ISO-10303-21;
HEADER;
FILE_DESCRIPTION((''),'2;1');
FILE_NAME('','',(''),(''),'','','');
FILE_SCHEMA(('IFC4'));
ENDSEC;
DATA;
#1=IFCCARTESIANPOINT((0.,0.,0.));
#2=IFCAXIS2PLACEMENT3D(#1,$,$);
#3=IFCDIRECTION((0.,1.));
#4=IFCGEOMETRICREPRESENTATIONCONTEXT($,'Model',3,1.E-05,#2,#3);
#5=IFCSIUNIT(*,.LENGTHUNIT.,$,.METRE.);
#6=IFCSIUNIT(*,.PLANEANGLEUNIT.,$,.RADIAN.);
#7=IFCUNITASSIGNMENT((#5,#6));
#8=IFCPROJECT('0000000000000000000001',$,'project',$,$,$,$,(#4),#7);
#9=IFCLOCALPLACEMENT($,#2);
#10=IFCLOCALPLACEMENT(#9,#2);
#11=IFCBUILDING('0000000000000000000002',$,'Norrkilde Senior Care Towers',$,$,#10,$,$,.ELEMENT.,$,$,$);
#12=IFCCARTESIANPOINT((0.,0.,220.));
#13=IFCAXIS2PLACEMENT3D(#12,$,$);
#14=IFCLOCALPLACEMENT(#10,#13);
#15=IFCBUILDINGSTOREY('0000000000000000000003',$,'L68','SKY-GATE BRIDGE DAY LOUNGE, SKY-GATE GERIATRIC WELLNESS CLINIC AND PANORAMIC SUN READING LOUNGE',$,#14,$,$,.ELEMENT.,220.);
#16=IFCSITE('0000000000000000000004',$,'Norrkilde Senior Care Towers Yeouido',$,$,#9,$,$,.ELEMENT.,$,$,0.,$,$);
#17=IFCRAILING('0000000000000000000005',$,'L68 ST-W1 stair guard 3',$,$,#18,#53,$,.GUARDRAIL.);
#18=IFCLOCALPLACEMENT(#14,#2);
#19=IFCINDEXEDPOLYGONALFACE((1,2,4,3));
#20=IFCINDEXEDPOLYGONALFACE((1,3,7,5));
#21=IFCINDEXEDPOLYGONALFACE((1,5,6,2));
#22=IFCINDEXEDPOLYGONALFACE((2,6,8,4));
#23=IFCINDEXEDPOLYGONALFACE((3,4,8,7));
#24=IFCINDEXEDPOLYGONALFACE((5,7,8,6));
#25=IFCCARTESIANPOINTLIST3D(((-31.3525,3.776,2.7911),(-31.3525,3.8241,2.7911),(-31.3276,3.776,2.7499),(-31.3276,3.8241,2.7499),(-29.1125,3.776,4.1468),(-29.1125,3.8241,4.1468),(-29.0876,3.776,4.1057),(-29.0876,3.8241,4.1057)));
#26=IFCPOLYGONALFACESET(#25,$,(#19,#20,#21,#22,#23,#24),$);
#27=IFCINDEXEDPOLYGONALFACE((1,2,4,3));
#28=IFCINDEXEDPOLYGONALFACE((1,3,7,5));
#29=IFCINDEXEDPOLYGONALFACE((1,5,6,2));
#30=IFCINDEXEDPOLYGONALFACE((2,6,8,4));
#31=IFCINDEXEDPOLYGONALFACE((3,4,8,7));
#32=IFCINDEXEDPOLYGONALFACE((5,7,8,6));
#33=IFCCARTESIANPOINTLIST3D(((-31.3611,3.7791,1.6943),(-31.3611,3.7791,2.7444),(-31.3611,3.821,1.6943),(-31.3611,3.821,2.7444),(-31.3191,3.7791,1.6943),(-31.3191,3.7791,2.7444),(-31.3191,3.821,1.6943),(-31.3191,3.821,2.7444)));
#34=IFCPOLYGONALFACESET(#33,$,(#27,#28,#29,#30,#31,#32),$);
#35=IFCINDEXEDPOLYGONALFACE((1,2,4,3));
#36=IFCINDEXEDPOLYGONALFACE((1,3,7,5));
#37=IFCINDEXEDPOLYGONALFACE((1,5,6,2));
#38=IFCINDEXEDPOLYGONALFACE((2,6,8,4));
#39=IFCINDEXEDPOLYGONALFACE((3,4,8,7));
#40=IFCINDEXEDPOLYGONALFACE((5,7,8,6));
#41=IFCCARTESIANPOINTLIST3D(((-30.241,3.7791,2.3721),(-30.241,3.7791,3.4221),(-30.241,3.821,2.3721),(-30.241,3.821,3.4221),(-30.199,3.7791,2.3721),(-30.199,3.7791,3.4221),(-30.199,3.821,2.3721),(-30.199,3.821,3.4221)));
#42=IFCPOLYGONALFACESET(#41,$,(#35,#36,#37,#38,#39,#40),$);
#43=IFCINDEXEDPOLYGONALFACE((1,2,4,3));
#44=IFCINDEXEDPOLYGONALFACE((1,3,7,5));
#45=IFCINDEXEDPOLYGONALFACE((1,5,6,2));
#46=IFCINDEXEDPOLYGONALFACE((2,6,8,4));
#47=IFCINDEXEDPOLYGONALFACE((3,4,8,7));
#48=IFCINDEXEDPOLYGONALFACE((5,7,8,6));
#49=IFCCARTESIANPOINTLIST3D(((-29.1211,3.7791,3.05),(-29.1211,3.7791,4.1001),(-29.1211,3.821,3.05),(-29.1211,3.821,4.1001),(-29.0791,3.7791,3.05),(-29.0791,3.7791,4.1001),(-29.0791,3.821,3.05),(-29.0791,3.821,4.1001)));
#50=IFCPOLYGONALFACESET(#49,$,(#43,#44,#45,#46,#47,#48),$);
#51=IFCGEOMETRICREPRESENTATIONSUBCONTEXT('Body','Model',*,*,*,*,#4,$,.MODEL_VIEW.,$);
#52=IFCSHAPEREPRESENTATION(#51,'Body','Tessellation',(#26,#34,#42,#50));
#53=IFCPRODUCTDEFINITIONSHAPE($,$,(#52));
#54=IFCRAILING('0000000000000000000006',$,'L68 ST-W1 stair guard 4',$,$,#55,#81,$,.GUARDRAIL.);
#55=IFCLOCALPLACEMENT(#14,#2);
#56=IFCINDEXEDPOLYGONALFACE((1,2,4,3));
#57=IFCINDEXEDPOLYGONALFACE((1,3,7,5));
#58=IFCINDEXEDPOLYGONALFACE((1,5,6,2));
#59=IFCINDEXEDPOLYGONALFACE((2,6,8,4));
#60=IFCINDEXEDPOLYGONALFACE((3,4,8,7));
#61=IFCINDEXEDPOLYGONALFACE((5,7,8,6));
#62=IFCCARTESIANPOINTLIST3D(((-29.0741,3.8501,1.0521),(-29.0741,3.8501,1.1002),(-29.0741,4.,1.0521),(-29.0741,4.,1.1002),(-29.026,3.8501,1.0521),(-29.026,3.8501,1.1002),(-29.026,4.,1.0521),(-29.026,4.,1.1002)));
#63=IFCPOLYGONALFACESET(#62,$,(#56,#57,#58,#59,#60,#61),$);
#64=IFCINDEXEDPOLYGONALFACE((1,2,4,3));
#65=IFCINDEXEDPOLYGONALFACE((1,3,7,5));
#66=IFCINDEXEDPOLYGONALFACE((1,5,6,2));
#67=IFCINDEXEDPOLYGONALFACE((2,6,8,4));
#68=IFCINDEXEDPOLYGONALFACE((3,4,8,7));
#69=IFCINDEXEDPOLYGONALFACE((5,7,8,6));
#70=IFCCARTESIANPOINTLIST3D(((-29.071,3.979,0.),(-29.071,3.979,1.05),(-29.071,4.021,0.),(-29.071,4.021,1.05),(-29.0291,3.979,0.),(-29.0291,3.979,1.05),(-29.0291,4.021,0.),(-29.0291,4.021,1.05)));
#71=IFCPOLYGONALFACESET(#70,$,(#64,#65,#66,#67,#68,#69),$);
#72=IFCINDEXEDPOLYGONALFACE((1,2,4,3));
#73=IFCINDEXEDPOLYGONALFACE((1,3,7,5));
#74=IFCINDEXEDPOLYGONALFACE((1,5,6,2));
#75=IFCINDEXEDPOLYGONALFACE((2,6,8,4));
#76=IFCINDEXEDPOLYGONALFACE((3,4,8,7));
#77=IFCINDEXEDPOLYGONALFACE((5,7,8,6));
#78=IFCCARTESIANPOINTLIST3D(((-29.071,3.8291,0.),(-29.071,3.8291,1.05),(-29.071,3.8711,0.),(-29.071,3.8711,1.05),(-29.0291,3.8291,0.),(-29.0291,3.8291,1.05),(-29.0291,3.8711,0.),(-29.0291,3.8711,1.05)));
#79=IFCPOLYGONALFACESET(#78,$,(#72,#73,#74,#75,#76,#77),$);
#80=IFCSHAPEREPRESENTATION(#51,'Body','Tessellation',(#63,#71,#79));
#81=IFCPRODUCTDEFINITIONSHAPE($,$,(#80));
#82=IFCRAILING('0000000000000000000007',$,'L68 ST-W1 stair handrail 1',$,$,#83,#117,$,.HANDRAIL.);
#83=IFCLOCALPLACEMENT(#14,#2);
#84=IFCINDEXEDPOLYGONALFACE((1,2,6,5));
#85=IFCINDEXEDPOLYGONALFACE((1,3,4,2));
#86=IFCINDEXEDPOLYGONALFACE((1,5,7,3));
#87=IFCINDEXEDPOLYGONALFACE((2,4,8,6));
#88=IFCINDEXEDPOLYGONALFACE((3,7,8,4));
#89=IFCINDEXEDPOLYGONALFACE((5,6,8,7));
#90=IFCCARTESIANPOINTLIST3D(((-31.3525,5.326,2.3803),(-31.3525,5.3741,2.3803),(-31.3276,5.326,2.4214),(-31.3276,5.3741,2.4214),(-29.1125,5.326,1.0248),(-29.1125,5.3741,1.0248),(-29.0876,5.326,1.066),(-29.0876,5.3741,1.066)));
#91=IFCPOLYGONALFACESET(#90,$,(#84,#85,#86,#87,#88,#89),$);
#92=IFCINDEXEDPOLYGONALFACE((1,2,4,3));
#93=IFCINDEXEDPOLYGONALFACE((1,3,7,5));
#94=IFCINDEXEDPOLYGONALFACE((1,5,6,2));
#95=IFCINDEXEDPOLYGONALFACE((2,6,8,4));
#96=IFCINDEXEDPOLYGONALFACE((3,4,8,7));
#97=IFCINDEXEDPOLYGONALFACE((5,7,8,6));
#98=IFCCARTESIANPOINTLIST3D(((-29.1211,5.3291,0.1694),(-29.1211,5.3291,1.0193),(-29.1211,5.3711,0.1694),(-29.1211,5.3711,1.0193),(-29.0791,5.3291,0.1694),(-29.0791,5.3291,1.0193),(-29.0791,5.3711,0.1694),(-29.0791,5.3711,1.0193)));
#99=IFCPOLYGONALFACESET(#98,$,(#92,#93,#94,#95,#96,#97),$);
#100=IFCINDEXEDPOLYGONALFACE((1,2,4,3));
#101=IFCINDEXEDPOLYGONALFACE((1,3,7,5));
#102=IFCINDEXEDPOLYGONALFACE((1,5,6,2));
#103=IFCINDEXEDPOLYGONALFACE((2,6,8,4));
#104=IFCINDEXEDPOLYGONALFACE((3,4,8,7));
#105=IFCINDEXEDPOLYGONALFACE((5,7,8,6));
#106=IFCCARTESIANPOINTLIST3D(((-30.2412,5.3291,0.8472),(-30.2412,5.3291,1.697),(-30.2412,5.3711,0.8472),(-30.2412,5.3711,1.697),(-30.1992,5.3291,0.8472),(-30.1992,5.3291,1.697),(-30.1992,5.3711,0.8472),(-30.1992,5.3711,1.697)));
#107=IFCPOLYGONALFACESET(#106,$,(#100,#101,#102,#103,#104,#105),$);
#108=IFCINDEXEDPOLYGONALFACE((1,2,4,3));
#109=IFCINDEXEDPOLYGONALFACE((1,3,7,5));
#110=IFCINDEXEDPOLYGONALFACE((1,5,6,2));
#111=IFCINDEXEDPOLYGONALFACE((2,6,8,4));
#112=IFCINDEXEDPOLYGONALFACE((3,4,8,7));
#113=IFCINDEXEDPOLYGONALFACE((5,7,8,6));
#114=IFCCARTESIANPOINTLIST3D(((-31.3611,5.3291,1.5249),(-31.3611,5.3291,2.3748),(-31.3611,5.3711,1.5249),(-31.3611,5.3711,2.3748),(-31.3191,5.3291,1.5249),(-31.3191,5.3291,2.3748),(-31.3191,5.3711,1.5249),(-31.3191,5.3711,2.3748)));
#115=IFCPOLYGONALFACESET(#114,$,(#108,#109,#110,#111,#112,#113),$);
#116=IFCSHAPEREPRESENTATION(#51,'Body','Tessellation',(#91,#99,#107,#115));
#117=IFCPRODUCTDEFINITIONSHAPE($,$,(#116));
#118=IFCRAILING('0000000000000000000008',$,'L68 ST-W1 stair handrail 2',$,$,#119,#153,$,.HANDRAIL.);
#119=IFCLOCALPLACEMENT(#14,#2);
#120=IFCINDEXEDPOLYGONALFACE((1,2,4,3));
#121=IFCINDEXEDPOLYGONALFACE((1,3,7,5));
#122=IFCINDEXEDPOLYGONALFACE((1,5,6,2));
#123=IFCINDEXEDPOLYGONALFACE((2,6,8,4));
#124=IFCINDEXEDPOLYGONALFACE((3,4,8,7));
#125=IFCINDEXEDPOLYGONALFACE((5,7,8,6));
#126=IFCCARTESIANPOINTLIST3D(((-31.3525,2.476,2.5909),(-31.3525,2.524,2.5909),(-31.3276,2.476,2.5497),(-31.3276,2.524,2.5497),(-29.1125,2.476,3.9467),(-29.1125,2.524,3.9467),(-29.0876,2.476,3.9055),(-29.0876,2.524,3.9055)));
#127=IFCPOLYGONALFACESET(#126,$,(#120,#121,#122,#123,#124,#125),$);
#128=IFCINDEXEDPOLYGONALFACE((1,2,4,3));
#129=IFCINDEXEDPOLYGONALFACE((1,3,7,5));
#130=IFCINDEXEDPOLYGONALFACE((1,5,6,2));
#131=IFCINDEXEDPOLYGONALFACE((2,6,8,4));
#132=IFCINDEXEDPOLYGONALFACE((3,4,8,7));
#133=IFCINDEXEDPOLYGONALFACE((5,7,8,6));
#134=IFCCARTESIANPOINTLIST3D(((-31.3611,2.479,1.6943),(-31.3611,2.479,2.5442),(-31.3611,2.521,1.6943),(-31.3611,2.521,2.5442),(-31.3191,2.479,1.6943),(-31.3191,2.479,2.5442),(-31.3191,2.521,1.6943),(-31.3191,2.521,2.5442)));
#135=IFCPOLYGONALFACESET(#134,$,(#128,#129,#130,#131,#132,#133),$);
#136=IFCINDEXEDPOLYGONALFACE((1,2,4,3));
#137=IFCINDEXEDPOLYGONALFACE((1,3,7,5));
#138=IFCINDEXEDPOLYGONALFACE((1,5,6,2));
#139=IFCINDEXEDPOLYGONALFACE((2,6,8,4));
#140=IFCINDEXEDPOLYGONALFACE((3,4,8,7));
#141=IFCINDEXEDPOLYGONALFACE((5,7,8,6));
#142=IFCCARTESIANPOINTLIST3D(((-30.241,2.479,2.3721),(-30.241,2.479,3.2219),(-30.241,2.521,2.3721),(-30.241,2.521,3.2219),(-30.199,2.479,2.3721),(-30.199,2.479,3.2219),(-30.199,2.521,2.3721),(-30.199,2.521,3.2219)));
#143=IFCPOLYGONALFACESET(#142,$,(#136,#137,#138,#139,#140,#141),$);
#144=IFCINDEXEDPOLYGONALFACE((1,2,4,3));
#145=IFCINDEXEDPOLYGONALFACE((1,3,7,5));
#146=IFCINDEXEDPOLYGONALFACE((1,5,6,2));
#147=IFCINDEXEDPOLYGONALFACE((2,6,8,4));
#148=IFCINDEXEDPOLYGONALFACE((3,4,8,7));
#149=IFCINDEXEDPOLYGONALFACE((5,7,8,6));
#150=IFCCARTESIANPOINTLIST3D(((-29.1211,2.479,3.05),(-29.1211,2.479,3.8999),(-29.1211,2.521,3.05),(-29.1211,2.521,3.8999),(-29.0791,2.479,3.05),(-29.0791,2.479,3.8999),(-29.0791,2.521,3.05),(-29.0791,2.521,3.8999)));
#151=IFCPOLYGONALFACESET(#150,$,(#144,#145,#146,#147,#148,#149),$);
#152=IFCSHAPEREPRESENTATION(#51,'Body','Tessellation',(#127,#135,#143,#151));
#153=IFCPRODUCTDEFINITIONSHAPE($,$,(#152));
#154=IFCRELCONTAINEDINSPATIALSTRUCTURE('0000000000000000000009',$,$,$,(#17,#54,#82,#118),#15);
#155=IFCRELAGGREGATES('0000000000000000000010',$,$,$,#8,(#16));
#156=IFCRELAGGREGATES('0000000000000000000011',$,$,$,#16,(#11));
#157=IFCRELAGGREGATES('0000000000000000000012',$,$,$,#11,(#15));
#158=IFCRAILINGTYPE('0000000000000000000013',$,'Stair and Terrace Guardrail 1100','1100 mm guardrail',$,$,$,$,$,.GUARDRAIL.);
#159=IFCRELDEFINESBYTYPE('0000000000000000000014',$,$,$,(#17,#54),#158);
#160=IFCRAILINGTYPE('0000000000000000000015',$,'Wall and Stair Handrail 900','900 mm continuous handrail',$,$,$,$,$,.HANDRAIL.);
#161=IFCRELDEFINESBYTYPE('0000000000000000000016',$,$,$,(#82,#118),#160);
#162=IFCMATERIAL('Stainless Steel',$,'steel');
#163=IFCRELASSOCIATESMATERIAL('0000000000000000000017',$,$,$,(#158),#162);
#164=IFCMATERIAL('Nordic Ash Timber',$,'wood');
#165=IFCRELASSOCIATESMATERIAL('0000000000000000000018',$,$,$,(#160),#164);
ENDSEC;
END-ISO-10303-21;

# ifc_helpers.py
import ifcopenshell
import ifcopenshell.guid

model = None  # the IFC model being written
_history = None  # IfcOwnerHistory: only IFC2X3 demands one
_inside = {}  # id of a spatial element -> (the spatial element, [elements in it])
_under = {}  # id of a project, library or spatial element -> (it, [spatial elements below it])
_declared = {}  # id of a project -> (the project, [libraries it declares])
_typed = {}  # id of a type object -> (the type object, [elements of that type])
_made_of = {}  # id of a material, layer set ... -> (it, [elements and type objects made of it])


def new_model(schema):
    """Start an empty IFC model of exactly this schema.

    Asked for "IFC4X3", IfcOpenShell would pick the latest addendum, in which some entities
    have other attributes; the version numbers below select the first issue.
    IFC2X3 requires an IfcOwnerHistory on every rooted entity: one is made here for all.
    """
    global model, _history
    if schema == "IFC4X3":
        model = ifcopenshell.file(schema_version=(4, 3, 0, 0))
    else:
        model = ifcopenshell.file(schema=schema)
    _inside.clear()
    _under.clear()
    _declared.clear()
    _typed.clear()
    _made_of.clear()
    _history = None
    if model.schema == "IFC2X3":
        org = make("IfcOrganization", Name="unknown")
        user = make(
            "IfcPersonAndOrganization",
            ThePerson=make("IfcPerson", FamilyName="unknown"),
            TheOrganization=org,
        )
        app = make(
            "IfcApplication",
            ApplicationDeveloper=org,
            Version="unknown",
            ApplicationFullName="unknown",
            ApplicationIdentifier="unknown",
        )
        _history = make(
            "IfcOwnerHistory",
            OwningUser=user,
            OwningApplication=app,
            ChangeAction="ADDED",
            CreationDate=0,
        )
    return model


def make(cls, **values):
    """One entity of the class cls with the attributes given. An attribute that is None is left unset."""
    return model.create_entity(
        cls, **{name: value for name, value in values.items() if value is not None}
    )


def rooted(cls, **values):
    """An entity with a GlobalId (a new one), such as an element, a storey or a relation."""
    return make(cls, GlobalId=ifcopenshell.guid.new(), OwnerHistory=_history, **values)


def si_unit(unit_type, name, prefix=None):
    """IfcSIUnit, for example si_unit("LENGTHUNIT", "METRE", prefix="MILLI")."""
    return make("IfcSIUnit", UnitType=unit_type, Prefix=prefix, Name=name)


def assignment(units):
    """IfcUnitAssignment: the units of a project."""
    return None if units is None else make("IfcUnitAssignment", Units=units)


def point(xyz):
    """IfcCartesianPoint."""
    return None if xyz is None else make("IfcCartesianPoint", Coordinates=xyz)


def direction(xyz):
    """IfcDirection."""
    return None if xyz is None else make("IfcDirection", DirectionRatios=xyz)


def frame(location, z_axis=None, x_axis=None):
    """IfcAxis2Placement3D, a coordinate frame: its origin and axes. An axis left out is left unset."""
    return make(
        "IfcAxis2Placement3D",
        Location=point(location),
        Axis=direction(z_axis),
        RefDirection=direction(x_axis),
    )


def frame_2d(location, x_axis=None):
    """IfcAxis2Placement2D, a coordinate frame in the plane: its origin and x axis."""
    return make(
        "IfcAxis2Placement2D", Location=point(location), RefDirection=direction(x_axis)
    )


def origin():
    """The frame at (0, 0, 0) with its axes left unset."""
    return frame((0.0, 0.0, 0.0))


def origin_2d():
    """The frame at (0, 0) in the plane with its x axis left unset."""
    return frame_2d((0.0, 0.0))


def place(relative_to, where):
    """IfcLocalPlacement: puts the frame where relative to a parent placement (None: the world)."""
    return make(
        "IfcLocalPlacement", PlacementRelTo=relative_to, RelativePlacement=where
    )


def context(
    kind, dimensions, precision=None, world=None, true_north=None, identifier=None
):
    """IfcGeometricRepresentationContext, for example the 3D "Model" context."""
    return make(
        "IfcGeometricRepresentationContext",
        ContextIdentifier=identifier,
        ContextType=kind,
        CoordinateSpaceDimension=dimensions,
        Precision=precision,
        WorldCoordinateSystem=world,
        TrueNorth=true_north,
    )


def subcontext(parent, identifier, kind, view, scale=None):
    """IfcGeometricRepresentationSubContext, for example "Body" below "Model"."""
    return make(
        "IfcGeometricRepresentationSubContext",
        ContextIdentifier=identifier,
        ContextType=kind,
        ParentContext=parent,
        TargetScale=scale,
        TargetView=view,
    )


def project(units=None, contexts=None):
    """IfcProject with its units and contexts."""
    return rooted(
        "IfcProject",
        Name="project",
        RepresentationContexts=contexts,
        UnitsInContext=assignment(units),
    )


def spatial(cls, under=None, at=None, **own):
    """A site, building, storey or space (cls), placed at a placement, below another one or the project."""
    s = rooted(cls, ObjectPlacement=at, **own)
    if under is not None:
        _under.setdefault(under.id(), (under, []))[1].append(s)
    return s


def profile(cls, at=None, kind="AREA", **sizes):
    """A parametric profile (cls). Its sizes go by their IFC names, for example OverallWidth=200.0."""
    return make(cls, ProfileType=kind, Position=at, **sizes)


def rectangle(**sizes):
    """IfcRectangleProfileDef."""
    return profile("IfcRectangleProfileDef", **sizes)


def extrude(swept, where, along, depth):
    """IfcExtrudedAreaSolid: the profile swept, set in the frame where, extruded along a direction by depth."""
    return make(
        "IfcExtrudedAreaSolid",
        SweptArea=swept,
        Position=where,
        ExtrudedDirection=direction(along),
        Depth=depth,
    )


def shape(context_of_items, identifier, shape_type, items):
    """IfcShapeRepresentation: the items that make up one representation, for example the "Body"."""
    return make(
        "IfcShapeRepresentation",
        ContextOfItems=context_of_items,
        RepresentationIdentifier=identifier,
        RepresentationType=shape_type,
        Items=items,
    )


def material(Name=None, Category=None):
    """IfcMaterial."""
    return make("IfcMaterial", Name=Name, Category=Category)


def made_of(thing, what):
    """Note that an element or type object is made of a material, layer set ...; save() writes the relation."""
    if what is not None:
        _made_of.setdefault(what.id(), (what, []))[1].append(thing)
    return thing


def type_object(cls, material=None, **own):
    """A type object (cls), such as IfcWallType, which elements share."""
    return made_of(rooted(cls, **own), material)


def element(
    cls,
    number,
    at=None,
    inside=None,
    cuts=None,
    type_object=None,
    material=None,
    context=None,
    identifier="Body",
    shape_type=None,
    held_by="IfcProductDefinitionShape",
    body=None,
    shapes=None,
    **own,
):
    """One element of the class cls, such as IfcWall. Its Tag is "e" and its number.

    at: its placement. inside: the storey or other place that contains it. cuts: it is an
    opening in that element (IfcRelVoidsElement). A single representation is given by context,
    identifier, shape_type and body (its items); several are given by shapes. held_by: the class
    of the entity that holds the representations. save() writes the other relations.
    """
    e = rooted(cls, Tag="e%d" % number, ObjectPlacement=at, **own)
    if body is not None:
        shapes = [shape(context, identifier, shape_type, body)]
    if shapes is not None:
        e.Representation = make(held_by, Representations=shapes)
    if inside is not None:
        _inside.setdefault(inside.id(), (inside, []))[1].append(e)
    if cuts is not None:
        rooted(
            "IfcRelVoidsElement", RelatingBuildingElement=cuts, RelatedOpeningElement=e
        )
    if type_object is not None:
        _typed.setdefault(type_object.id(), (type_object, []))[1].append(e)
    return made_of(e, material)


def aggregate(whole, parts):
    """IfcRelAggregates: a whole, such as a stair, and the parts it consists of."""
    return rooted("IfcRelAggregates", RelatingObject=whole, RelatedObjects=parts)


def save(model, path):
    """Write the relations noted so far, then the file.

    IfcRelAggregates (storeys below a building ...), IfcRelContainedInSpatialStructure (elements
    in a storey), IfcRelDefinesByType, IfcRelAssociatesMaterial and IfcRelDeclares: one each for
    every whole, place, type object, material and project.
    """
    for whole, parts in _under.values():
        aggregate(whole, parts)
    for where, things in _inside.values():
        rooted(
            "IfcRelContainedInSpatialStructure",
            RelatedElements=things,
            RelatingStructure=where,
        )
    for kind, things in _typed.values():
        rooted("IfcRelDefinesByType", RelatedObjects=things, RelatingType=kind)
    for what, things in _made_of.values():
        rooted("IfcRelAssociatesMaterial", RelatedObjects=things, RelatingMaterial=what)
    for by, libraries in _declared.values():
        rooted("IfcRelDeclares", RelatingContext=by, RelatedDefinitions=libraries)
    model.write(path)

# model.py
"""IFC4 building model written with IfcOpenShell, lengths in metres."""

from ifc_helpers import new_model, si_unit, direction, frame, origin, origin_2d, place, context, subcontext, project, spatial, rectangle, extrude, material, type_object, element, save


model = new_model("IFC4")

# Units and contexts
model_context = context("Model", 3, precision=1e-05, world=origin(), true_north=direction((0.0, 1.0)))
body_context = subcontext(model_context, "Body", "Model", "MODEL_VIEW")
ifc_project = project(units=[si_unit("LENGTHUNIT", "METRE"), si_unit("PLANEANGLEUNIT", "RADIAN")], contexts=[model_context])

# Site, building, storey
site_placement = place(None, origin())
site = spatial("IfcSite", under=ifc_project, at=site_placement, Name="Norrkilde Senior Care Towers Yeouido", CompositionType="ELEMENT", RefElevation=0.0)
building_placement = place(site_placement, origin())
building = spatial("IfcBuilding", under=site, at=building_placement, Name="Norrkilde Senior Care Towers", CompositionType="ELEMENT")
storey_placement = place(building_placement, frame((0.0, 0.0, 220.0)))
storey = spatial("IfcBuildingStorey", under=building, at=storey_placement, Name="L68", Description="SKY-GATE BRIDGE DAY LOUNGE, SKY-GATE GERIATRIC WELLNESS CLINIC AND PANORAMIC SUN READING LOUNGE", CompositionType="ELEMENT", Elevation=220.0)

# Shared definitions
ifc_material_1 = material(Name="Stainless Steel", Category="steel")

# Shared definitions
ifc_material_2 = material(Name="Nordic Ash Timber", Category="wood")

# Railings
railing_type_1 = type_object("IfcRailingType", Name="Stair and Terrace Guardrail 1100", Description="1100 mm guardrail", PredefinedType="GUARDRAIL", material=ifc_material_1)
railing_1_placement = place(storey_placement, frame((-31.3401, 3.8, 1.6943)))
element("IfcRailing", 1, at=railing_1_placement, inside=storey, type_object=railing_type_1, Name="L68 ST-W1 stair guard 3", PredefinedType="GUARDRAIL", context=body_context, shape_type="SweptSolid", body=[
    extrude(rectangle(XDim=0.0481, YDim=0.0481, at=origin_2d()), frame((0.0, 0.0, 1.0762), z_axis=(0.855512, 0.0, 0.517783), x_axis=(0.0, 1.0, 0.0)), (0.0, 0.0, 1.0), 2.6184),
    extrude(rectangle(XDim=0.042, YDim=0.042, at=origin_2d()), origin(), (0.0, 0.0, 1.0), 1.05),
    extrude(rectangle(XDim=0.042, YDim=0.042, at=origin_2d()), frame((1.1201, 0.0, 0.6777)), (0.0, 0.0, 1.0), 1.05),
    extrude(rectangle(XDim=0.042, YDim=0.042, at=origin_2d()), frame((2.24, 0.0, 1.3557)), (0.0, 0.0, 1.0), 1.05),
])
railing_2_placement = place(storey_placement, frame((-29.05, 4.0, 0.0)))
element("IfcRailing", 2, at=railing_2_placement, inside=storey, type_object=railing_type_1, Name="L68 ST-W1 stair guard 4", PredefinedType="GUARDRAIL", context=body_context, shape_type="SweptSolid", body=[
    extrude(rectangle(XDim=0.0481, YDim=0.0481, at=origin_2d()), frame((0.0, 0.0, 1.0762), z_axis=(0.0, -1.0, 0.0), x_axis=(1.0, 0.0, 0.0)), (0.0, 0.0, 1.0), 0.1499),
    extrude(rectangle(XDim=0.042, YDim=0.042, at=origin_2d()), origin(), (0.0, 0.0, 1.0), 1.05),
    extrude(rectangle(XDim=0.042, YDim=0.042, at=origin_2d()), frame((0.0, -0.1499, 0.0)), (0.0, 0.0, 1.0), 1.05),
])
railing_type_2 = type_object("IfcRailingType", Name="Wall and Stair Handrail 900", Description="900 mm continuous handrail", PredefinedType="HANDRAIL", material=ifc_material_2)
railing_3_placement = place(storey_placement, frame((-29.1001, 5.3501, 0.1694)))
element("IfcRailing", 3, at=railing_3_placement, inside=storey, type_object=railing_type_2, Name="L68 ST-W1 stair handrail 1", PredefinedType="HANDRAIL", context=body_context, shape_type="SweptSolid", body=[
    extrude(rectangle(XDim=0.0481, YDim=0.0481, at=origin_2d()), frame((0.0, 0.0, 0.876), z_axis=(-0.855553, 0.0, 0.517715), x_axis=(0.0, -1.0, 0.0)), (0.0, 0.0, 1.0), 2.6182),
    extrude(rectangle(XDim=0.042, YDim=0.042, at=origin_2d()), origin(), (0.0, 0.0, 1.0), 0.8499),
    extrude(rectangle(XDim=0.042, YDim=0.042, at=origin_2d()), frame((-1.1201, 0.0, 0.6777)), (0.0, 0.0, 1.0), 0.8499),
    extrude(rectangle(XDim=0.042, YDim=0.042, at=origin_2d()), frame((-2.24, 0.0, 1.3555)), (0.0, 0.0, 1.0), 0.8499),
])
railing_4_placement = place(storey_placement, frame((-31.3401, 2.5, 1.6943)))
element("IfcRailing", 4, at=railing_4_placement, inside=storey, type_object=railing_type_2, Name="L68 ST-W1 stair handrail 2", PredefinedType="HANDRAIL", context=body_context, shape_type="SweptSolid", body=[
    extrude(rectangle(XDim=0.0481, YDim=0.0481, at=origin_2d()), frame((0.0, 0.0, 0.876), z_axis=(0.855512, 0.0, 0.517783), x_axis=(0.0, 1.0, 0.0)), (0.0, 0.0, 1.0), 2.6184),
    extrude(rectangle(XDim=0.042, YDim=0.042, at=origin_2d()), origin(), (0.0, 0.0, 1.0), 0.8499),
    extrude(rectangle(XDim=0.042, YDim=0.042, at=origin_2d()), frame((1.1201, 0.0, 0.6777)), (0.0, 0.0, 1.0), 0.8499),
    extrude(rectangle(XDim=0.042, YDim=0.042, at=origin_2d()), frame((2.24, 0.0, 1.3557)), (0.0, 0.0, 1.0), 0.8499),
])

save(model, "model.ifc")
